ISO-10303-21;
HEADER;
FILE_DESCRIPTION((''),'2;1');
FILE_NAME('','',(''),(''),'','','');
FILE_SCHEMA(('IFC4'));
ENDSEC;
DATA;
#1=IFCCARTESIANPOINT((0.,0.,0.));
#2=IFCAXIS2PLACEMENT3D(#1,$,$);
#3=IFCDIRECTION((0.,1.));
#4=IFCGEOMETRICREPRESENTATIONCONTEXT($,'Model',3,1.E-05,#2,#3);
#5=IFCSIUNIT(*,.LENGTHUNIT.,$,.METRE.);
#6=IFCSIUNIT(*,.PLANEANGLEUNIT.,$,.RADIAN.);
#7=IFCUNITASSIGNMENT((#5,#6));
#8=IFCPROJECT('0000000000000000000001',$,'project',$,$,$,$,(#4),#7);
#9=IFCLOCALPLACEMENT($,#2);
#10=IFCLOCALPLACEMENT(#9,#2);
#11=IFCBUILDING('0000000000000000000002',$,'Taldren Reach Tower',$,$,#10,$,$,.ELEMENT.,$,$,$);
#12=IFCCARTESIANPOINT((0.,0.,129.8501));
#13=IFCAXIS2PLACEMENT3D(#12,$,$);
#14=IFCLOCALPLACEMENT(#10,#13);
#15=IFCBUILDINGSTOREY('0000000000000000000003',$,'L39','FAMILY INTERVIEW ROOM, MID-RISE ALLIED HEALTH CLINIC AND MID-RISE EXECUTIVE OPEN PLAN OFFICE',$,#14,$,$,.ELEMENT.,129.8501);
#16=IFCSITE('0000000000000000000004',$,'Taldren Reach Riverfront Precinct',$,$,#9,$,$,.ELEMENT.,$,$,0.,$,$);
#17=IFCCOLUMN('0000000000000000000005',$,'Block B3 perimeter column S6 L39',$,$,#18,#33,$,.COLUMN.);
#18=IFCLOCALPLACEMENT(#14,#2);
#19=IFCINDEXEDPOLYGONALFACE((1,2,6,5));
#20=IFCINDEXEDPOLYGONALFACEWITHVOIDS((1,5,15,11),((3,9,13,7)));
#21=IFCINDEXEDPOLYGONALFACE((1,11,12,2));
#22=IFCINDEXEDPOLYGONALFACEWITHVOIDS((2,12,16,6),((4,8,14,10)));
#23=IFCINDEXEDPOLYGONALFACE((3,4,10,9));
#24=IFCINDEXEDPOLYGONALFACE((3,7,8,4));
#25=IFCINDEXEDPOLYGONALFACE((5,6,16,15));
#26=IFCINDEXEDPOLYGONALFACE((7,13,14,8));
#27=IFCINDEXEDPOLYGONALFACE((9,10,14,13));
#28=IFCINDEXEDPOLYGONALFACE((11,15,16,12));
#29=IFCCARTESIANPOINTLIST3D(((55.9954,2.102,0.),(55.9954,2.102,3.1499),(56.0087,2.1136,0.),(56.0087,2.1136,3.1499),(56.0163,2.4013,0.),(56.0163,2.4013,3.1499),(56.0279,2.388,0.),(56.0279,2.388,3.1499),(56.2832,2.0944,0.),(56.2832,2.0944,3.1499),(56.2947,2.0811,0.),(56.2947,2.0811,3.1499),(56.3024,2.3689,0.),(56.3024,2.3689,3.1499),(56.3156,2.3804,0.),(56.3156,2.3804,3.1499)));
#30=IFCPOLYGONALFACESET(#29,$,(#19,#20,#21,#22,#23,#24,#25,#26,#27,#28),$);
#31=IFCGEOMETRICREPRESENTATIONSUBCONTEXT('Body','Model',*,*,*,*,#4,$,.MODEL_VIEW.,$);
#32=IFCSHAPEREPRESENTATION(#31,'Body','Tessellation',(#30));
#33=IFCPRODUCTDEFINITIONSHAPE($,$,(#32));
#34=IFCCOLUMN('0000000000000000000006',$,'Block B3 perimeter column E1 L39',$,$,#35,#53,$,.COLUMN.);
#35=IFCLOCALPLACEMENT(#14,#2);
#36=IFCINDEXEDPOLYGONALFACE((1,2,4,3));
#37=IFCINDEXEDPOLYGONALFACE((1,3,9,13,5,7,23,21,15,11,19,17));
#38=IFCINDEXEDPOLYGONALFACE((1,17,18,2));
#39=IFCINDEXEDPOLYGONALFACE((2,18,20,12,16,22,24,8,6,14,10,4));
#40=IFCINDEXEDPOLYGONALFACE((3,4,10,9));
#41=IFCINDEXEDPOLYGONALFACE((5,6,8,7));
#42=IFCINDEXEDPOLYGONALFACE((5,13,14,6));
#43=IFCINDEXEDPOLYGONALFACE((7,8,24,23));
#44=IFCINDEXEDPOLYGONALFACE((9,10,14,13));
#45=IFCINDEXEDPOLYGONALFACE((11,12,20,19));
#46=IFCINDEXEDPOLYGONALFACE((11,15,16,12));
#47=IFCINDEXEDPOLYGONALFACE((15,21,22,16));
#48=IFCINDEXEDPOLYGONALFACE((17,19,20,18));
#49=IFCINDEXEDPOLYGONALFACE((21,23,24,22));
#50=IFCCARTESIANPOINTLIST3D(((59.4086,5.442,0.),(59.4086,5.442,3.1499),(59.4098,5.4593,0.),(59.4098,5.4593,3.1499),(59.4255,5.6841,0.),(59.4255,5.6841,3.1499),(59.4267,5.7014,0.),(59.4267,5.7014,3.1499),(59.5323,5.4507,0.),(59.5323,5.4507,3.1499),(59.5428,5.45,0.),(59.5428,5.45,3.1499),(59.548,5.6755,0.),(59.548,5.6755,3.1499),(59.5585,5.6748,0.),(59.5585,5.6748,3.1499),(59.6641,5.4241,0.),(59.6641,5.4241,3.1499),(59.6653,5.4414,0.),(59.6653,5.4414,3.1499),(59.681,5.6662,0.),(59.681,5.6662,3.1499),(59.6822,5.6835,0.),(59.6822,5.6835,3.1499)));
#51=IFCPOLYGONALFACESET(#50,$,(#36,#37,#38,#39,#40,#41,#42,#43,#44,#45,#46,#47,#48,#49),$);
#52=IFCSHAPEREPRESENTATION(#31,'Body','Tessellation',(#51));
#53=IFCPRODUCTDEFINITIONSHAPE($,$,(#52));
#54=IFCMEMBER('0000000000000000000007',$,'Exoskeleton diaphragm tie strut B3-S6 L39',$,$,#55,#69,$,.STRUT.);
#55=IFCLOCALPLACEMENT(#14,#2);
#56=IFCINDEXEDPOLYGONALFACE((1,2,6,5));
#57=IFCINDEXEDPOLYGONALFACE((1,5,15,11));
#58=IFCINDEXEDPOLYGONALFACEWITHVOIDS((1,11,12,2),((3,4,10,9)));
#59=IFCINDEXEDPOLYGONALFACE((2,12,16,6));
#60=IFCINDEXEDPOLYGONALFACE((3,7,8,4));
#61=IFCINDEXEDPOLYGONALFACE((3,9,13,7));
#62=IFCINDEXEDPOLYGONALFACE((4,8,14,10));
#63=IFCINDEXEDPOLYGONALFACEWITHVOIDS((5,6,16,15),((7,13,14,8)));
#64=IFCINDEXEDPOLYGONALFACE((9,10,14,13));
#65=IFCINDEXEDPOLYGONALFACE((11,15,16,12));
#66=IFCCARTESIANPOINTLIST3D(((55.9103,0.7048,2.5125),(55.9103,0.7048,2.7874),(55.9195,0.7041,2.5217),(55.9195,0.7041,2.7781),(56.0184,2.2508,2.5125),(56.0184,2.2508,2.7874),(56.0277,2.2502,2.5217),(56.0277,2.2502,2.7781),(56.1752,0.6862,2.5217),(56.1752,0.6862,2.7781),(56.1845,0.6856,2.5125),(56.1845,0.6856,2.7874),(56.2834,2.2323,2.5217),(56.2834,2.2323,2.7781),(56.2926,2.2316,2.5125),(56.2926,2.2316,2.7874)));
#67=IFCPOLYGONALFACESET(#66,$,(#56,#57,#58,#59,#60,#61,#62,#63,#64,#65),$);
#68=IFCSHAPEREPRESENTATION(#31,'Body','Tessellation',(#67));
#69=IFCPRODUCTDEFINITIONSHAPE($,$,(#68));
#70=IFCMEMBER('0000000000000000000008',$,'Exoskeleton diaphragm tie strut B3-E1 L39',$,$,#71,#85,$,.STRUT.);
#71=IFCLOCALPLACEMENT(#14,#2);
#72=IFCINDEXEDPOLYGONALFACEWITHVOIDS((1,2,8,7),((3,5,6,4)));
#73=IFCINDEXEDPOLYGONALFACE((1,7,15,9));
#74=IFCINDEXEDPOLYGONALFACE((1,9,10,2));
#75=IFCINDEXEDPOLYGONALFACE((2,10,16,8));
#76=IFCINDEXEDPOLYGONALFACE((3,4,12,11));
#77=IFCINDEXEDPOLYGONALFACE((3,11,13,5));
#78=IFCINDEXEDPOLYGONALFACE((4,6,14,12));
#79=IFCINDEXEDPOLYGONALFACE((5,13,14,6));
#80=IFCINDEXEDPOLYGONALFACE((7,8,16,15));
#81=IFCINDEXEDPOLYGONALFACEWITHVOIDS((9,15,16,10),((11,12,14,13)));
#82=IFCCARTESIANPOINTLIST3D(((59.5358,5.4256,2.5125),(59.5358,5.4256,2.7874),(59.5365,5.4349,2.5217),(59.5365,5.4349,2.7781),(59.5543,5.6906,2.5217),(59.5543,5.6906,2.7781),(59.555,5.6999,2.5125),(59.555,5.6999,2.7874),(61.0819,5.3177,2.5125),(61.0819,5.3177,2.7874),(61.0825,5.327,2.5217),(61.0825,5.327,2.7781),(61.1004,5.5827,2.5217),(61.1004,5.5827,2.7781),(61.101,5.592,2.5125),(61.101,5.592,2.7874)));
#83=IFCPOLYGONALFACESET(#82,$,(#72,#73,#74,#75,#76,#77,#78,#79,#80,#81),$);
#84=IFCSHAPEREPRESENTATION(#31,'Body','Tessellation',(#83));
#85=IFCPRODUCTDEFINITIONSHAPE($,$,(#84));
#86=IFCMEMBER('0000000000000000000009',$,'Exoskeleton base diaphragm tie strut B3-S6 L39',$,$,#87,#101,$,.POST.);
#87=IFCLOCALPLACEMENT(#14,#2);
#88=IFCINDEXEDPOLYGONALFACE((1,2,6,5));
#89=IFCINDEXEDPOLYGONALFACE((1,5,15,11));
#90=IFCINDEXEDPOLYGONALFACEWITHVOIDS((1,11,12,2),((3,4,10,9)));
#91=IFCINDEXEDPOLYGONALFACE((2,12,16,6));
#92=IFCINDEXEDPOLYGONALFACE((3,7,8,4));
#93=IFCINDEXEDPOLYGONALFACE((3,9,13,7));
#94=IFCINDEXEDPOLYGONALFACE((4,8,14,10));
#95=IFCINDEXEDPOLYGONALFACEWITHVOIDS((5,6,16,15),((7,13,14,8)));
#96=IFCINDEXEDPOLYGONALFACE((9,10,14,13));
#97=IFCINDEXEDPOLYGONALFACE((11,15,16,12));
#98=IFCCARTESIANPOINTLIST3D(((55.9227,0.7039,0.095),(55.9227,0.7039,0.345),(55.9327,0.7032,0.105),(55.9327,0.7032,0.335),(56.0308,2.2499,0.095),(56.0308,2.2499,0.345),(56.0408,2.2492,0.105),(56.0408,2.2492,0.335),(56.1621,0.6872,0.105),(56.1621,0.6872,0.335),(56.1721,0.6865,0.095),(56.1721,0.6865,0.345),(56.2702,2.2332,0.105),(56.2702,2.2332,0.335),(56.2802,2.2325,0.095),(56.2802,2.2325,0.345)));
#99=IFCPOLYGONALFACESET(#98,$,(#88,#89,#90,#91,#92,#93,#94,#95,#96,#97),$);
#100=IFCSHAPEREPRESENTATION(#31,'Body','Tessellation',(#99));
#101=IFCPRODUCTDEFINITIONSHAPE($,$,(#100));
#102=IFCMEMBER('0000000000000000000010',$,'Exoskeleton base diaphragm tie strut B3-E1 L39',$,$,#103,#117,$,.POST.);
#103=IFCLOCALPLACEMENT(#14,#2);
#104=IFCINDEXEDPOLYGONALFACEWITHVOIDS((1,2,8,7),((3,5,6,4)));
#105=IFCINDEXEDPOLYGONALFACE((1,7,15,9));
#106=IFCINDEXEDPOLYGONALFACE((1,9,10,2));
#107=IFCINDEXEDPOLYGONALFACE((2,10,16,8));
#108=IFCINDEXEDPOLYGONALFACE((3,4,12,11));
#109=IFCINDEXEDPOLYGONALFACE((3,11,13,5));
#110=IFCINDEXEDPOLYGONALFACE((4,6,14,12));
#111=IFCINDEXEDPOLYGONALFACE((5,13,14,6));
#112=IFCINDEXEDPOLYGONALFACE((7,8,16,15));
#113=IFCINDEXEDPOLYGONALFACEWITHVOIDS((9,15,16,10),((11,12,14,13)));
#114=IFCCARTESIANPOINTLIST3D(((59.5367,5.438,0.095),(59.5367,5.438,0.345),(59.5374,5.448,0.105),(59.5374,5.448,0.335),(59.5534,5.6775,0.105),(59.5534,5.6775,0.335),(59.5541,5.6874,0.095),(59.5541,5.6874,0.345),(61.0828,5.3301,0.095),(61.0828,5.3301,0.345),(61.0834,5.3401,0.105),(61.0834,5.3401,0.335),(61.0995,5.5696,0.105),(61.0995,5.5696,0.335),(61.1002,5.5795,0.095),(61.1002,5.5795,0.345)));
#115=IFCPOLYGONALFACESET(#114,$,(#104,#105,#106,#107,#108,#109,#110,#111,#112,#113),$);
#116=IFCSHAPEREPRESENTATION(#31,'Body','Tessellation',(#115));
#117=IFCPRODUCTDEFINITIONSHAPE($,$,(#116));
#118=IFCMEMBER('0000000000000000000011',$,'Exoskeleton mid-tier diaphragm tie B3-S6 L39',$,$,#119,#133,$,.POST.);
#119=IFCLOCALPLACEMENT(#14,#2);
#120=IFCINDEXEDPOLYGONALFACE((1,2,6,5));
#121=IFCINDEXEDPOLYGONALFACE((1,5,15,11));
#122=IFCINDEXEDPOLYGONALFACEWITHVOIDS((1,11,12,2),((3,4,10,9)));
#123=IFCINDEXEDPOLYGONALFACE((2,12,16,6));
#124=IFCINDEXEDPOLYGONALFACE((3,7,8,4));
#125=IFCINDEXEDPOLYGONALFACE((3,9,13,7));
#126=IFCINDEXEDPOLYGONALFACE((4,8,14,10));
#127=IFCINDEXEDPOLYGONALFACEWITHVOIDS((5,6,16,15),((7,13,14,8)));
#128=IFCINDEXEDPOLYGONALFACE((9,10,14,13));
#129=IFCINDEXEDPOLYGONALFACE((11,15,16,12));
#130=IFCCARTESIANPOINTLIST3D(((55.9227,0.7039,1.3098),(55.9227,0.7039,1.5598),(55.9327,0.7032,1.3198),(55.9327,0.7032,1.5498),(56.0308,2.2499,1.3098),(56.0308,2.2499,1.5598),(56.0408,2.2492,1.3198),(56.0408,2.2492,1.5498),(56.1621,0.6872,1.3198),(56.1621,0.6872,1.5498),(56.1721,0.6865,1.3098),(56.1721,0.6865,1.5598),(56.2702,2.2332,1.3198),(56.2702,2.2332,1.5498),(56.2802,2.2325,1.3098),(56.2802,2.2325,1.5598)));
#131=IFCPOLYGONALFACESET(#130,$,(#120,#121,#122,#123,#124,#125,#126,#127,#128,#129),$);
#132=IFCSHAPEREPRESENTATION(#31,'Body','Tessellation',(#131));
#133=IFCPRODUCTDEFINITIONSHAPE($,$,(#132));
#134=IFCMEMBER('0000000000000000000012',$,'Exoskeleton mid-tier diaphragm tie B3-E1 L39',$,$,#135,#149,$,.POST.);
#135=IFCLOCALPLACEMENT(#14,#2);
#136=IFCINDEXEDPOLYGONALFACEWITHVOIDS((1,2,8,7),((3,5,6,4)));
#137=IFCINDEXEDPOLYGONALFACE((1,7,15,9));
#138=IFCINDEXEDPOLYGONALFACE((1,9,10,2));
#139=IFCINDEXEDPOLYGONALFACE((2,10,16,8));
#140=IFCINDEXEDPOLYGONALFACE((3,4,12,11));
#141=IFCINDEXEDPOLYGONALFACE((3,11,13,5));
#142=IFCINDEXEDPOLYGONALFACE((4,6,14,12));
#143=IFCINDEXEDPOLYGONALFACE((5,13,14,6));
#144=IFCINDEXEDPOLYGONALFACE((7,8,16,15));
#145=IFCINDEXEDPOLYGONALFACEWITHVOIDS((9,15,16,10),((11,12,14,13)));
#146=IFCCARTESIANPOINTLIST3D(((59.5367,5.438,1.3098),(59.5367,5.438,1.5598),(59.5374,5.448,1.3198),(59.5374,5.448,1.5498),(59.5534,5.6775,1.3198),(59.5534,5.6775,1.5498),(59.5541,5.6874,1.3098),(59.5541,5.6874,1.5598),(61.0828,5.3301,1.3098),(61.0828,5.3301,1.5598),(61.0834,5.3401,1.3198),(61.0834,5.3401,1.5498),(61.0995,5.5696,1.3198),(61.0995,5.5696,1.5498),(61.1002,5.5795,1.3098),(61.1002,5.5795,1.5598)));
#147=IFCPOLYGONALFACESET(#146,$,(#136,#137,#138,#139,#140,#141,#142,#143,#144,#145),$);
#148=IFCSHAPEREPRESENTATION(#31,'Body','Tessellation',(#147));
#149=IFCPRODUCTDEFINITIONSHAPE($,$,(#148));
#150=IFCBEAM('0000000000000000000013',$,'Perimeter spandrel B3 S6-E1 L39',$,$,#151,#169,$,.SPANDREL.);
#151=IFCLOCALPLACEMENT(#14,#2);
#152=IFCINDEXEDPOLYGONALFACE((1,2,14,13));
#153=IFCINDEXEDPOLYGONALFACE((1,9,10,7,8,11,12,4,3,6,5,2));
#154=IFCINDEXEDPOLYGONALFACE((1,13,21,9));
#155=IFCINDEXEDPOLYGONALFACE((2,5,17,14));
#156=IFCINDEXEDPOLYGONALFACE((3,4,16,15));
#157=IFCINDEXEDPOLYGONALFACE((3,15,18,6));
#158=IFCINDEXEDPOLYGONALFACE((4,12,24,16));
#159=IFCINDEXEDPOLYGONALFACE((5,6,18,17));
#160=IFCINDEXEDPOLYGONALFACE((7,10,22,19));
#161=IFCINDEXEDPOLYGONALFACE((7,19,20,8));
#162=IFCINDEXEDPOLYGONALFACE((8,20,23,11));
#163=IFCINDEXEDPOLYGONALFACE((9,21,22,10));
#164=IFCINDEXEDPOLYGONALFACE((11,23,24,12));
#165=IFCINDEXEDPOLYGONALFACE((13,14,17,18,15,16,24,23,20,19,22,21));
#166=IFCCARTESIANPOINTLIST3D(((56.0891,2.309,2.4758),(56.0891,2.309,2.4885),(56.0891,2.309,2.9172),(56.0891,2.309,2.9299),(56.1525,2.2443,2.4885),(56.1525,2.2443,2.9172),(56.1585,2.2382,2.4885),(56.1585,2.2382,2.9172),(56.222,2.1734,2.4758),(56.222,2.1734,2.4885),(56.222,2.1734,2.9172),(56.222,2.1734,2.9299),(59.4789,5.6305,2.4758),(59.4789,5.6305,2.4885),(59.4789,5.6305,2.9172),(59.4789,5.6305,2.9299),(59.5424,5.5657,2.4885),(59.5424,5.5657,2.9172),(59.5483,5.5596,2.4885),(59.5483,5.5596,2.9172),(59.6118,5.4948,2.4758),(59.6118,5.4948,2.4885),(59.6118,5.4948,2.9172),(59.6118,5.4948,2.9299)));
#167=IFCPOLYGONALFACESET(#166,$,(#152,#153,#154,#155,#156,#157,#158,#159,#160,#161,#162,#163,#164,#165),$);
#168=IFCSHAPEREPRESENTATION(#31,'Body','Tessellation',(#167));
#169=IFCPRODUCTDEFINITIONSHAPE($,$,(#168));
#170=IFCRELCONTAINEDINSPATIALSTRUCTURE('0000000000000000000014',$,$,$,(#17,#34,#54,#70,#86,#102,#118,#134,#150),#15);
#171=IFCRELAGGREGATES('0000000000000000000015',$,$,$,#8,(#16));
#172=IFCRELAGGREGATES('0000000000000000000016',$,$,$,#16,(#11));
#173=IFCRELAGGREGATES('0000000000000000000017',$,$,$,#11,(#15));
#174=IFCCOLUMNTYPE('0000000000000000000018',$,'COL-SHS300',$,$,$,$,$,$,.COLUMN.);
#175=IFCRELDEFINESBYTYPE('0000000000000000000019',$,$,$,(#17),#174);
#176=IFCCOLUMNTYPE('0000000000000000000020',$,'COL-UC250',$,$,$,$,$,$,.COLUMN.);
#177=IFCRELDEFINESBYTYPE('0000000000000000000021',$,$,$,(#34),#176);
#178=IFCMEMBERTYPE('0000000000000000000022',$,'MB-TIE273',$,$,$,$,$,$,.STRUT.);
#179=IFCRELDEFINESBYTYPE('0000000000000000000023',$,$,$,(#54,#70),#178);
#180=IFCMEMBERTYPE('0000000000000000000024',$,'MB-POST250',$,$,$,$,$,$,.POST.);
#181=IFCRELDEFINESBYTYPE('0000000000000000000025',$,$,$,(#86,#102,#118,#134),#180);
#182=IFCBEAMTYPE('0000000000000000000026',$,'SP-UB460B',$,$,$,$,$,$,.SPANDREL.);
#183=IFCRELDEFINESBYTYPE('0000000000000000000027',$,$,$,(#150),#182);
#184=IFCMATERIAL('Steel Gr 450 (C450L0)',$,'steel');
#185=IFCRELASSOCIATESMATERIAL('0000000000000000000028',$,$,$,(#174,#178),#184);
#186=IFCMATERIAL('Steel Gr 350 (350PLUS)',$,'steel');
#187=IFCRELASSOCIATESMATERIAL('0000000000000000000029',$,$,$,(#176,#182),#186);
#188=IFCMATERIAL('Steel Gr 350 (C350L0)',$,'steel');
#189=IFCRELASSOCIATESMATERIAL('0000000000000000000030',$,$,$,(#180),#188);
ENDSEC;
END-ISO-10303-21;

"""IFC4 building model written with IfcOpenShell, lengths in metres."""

from ifc_helpers import new_model, si_unit, direction, frame, origin, origin_2d, place, context, subcontext, project, spatial, hollow_rectangle, i_section, extrude, source, transform, mapped, material, material_profile, profile_set, type_object, element, save


model = new_model("IFC4")

# Units and contexts
model_context = context("Model", 3, precision=1e-05, world=origin(), true_north=direction((0.0, 1.0)))
body_context = subcontext(model_context, "Body", "Model", "MODEL_VIEW")
ifc_project = project(units=[si_unit("LENGTHUNIT", "METRE"), si_unit("PLANEANGLEUNIT", "RADIAN")], contexts=[model_context])

# Site, building, storey
site_placement = place(None, origin())
site = spatial("IfcSite", under=ifc_project, at=site_placement, Name="Taldren Reach Riverfront Precinct", CompositionType="ELEMENT", RefElevation=0.0)
building_placement = place(site_placement, origin())
building = spatial("IfcBuilding", under=site, at=building_placement, Name="Taldren Reach Tower", CompositionType="ELEMENT")
storey_placement = place(building_placement, frame((0.0, 0.0, 129.8501)))
storey = spatial("IfcBuildingStorey", under=building, at=storey_placement, Name="L39", Description="FAMILY INTERVIEW ROOM, MID-RISE ALLIED HEALTH CLINIC AND MID-RISE EXECUTIVE OPEN PLAN OFFICE", CompositionType="ELEMENT", Elevation=129.8501)

# Columns
ifc_material_1 = material(Name="Steel Gr 450 (C450L0)", Category="steel")
ifc_material_profile_1 = material_profile(ifc_material_1, hollow_rectangle(XDim=0.3, YDim=0.3, WallThickness=0.0125, at=origin_2d()), Name="300x300x12.5SHS")
ifc_profile_set_1 = profile_set([ifc_material_profile_1], Name="Steel Gr 450 (C450L0)")
column_type_1 = type_object("IfcColumnType", Name="COL-SHS300", PredefinedType="COLUMN", material=ifc_profile_set_1)
shared_shape_1 = source(origin(), body_context, "Body", "SweptSolid", [
    extrude(hollow_rectangle(XDim=0.3, YDim=0.3, WallThickness=0.0125, at=origin_2d()), origin(), (0.0, 0.0, 1.0), 3.1499),
])
column_1_placement = place(storey_placement, frame((56.1555, 2.2412, 0.0), z_axis=(0.0, 0.0, 1.0), x_axis=(0.997564, -0.069756, 0.0)))
element("IfcColumn", 1, at=column_1_placement, inside=storey, type_object=column_type_1, Name="Block B3 perimeter column S6 L39", PredefinedType="COLUMN", context=body_context, shape_type="MappedRepresentation", body=[
    mapped(shared_shape_1, transform((0.0, 0.0, 0.0), scale=1.0)),
])
ifc_material_2 = material(Name="Steel Gr 350 (350PLUS)", Category="steel")
ifc_material_profile_2 = material_profile(ifc_material_2, i_section(OverallWidth=0.2561, OverallDepth=0.26, WebThickness=0.0105, FlangeThickness=0.0173, at=origin_2d()), Name="250UC89.5")
ifc_profile_set_2 = profile_set([ifc_material_profile_2], Name="Steel Gr 350 (350PLUS)")
column_type_2 = type_object("IfcColumnType", Name="COL-UC250", PredefinedType="COLUMN", material=ifc_profile_set_2)
shared_shape_2 = source(origin(), body_context, "Body", "SweptSolid", [
    extrude(i_section(OverallWidth=0.2561, OverallDepth=0.26, WebThickness=0.0105, FlangeThickness=0.0173, at=origin_2d()), origin(), (0.0, 0.0, 1.0), 3.1499),
])
column_2_placement = place(storey_placement, frame((59.5454, 5.5627, 0.0), z_axis=(0.0, 0.0, 1.0), x_axis=(0.997564, -0.069756, 0.0)))
element("IfcColumn", 2, at=column_2_placement, inside=storey, type_object=column_type_2, Name="Block B3 perimeter column E1 L39", PredefinedType="COLUMN", context=body_context, shape_type="MappedRepresentation", body=[
    mapped(shared_shape_2, transform((0.0, 0.0, 0.0), scale=1.0)),
])

# Members
ifc_material_profile_3 = material_profile(ifc_material_1, hollow_rectangle(XDim=0.2749, YDim=0.2749, WallThickness=0.0093, at=origin_2d()), Name="275x275x9.3SHS")
ifc_profile_set_3 = profile_set([ifc_material_profile_3], Name="Steel Gr 450 (C450L0)")
member_type_1 = type_object("IfcMemberType", Name="MB-TIE273", PredefinedType="STRUT", material=ifc_profile_set_3)
shared_shape_3 = source(origin(), body_context, "Body", "SweptSolid", [
    extrude(hollow_rectangle(XDim=0.2749, YDim=0.2749, WallThickness=0.0093, at=origin_2d()), origin(), (0.0, 0.0, 1.0), 1.5498),
])
for number, where, z_axis, x_axis, name in (
    (3, (56.1555, 2.2412, 2.6499), (-0.069781, -0.997562, 0.0), (0.997562, -0.069781, 0.0), "Exoskeleton diaphragm tie strut B3-S6 L39"),
    (4, (59.5454, 5.5627, 2.6499), (0.997573, -0.069624, 0.0), (0.069624, 0.997573, 0.0), "Exoskeleton diaphragm tie strut B3-E1 L39"),
):
    element("IfcMember", number, at=place(storey_placement, frame(where, z_axis=z_axis, x_axis=x_axis)), inside=storey, type_object=member_type_1, Name=name, PredefinedType="STRUT", context=body_context, shape_type="MappedRepresentation", body=[
        mapped(shared_shape_3, transform((0.0, 0.0, 0.0), scale=1.0)),
    ])
ifc_material_3 = material(Name="Steel Gr 350 (C350L0)", Category="steel")
ifc_material_profile_4 = material_profile(ifc_material_3, hollow_rectangle(XDim=0.25, YDim=0.25, WallThickness=0.01, at=origin_2d()), Name="250x250x10.0SHS")
ifc_profile_set_4 = profile_set([ifc_material_profile_4], Name="Steel Gr 350 (C350L0)")
member_type_2 = type_object("IfcMemberType", Name="MB-POST250", PredefinedType="POST", material=ifc_profile_set_4)
shared_shape_4 = source(origin(), body_context, "Body", "SweptSolid", [
    extrude(hollow_rectangle(XDim=0.25, YDim=0.25, WallThickness=0.01, at=origin_2d()), origin(), (0.0, 0.0, 1.0), 1.5498),
])
for number, where, z_axis, x_axis, name in (
    (5, (56.1555, 2.2412, 0.22), (-0.069781, -0.997562, 0.0), (0.997562, -0.069781, 0.0), "Exoskeleton base diaphragm tie strut B3-S6 L39"),
    (6, (59.5454, 5.5627, 0.22), (0.997573, -0.069624, 0.0), (0.069624, 0.997573, 0.0), "Exoskeleton base diaphragm tie strut B3-E1 L39"),
    (7, (56.1555, 2.2412, 1.4348), (-0.069781, -0.997562, 0.0), (0.997562, -0.069781, 0.0), "Exoskeleton mid-tier diaphragm tie B3-S6 L39"),
    (8, (59.5454, 5.5627, 1.4348), (0.997573, -0.069624, 0.0), (0.069624, 0.997573, 0.0), "Exoskeleton mid-tier diaphragm tie B3-E1 L39"),
):
    element("IfcMember", number, at=place(storey_placement, frame(where, z_axis=z_axis, x_axis=x_axis)), inside=storey, type_object=member_type_2, Name=name, PredefinedType="POST", context=body_context, shape_type="MappedRepresentation", body=[
        mapped(shared_shape_4, transform((0.0, 0.0, 0.0), scale=1.0)),
    ])

# Beam
ifc_material_profile_5 = material_profile(ifc_material_2, i_section(OverallWidth=0.1899, OverallDepth=0.4541, WebThickness=0.0085, FlangeThickness=0.0127, at=origin_2d()), Name="460UB67.1")
ifc_profile_set_5 = profile_set([ifc_material_profile_5], Name="Steel Gr 350 (350PLUS)")
beam_type_1 = type_object("IfcBeamType", Name="SP-UB460B", PredefinedType="SPANDREL", material=ifc_profile_set_5)
shared_shape_5 = source(origin(), body_context, "Body", "SweptSolid", [
    extrude(i_section(OverallWidth=0.1899, OverallDepth=0.4541, WebThickness=0.0085, FlangeThickness=0.0127, at=origin_2d()), origin(), (0.0, 0.0, 1.0), 4.7458),
])
beam_1_placement = place(storey_placement, frame((56.1555, 2.2412, 2.7029), z_axis=(0.714272, 0.699868, 0.0), x_axis=(-0.699868, 0.714272, 0.0)))
element("IfcBeam", 9, at=beam_1_placement, inside=storey, type_object=beam_type_1, Name="Perimeter spandrel B3 S6-E1 L39", PredefinedType="SPANDREL", context=body_context, shape_type="MappedRepresentation", body=[
    mapped(shared_shape_5, transform((0.0, 0.0, 0.0), scale=1.0)),
])

save(model, "model.ifc")
